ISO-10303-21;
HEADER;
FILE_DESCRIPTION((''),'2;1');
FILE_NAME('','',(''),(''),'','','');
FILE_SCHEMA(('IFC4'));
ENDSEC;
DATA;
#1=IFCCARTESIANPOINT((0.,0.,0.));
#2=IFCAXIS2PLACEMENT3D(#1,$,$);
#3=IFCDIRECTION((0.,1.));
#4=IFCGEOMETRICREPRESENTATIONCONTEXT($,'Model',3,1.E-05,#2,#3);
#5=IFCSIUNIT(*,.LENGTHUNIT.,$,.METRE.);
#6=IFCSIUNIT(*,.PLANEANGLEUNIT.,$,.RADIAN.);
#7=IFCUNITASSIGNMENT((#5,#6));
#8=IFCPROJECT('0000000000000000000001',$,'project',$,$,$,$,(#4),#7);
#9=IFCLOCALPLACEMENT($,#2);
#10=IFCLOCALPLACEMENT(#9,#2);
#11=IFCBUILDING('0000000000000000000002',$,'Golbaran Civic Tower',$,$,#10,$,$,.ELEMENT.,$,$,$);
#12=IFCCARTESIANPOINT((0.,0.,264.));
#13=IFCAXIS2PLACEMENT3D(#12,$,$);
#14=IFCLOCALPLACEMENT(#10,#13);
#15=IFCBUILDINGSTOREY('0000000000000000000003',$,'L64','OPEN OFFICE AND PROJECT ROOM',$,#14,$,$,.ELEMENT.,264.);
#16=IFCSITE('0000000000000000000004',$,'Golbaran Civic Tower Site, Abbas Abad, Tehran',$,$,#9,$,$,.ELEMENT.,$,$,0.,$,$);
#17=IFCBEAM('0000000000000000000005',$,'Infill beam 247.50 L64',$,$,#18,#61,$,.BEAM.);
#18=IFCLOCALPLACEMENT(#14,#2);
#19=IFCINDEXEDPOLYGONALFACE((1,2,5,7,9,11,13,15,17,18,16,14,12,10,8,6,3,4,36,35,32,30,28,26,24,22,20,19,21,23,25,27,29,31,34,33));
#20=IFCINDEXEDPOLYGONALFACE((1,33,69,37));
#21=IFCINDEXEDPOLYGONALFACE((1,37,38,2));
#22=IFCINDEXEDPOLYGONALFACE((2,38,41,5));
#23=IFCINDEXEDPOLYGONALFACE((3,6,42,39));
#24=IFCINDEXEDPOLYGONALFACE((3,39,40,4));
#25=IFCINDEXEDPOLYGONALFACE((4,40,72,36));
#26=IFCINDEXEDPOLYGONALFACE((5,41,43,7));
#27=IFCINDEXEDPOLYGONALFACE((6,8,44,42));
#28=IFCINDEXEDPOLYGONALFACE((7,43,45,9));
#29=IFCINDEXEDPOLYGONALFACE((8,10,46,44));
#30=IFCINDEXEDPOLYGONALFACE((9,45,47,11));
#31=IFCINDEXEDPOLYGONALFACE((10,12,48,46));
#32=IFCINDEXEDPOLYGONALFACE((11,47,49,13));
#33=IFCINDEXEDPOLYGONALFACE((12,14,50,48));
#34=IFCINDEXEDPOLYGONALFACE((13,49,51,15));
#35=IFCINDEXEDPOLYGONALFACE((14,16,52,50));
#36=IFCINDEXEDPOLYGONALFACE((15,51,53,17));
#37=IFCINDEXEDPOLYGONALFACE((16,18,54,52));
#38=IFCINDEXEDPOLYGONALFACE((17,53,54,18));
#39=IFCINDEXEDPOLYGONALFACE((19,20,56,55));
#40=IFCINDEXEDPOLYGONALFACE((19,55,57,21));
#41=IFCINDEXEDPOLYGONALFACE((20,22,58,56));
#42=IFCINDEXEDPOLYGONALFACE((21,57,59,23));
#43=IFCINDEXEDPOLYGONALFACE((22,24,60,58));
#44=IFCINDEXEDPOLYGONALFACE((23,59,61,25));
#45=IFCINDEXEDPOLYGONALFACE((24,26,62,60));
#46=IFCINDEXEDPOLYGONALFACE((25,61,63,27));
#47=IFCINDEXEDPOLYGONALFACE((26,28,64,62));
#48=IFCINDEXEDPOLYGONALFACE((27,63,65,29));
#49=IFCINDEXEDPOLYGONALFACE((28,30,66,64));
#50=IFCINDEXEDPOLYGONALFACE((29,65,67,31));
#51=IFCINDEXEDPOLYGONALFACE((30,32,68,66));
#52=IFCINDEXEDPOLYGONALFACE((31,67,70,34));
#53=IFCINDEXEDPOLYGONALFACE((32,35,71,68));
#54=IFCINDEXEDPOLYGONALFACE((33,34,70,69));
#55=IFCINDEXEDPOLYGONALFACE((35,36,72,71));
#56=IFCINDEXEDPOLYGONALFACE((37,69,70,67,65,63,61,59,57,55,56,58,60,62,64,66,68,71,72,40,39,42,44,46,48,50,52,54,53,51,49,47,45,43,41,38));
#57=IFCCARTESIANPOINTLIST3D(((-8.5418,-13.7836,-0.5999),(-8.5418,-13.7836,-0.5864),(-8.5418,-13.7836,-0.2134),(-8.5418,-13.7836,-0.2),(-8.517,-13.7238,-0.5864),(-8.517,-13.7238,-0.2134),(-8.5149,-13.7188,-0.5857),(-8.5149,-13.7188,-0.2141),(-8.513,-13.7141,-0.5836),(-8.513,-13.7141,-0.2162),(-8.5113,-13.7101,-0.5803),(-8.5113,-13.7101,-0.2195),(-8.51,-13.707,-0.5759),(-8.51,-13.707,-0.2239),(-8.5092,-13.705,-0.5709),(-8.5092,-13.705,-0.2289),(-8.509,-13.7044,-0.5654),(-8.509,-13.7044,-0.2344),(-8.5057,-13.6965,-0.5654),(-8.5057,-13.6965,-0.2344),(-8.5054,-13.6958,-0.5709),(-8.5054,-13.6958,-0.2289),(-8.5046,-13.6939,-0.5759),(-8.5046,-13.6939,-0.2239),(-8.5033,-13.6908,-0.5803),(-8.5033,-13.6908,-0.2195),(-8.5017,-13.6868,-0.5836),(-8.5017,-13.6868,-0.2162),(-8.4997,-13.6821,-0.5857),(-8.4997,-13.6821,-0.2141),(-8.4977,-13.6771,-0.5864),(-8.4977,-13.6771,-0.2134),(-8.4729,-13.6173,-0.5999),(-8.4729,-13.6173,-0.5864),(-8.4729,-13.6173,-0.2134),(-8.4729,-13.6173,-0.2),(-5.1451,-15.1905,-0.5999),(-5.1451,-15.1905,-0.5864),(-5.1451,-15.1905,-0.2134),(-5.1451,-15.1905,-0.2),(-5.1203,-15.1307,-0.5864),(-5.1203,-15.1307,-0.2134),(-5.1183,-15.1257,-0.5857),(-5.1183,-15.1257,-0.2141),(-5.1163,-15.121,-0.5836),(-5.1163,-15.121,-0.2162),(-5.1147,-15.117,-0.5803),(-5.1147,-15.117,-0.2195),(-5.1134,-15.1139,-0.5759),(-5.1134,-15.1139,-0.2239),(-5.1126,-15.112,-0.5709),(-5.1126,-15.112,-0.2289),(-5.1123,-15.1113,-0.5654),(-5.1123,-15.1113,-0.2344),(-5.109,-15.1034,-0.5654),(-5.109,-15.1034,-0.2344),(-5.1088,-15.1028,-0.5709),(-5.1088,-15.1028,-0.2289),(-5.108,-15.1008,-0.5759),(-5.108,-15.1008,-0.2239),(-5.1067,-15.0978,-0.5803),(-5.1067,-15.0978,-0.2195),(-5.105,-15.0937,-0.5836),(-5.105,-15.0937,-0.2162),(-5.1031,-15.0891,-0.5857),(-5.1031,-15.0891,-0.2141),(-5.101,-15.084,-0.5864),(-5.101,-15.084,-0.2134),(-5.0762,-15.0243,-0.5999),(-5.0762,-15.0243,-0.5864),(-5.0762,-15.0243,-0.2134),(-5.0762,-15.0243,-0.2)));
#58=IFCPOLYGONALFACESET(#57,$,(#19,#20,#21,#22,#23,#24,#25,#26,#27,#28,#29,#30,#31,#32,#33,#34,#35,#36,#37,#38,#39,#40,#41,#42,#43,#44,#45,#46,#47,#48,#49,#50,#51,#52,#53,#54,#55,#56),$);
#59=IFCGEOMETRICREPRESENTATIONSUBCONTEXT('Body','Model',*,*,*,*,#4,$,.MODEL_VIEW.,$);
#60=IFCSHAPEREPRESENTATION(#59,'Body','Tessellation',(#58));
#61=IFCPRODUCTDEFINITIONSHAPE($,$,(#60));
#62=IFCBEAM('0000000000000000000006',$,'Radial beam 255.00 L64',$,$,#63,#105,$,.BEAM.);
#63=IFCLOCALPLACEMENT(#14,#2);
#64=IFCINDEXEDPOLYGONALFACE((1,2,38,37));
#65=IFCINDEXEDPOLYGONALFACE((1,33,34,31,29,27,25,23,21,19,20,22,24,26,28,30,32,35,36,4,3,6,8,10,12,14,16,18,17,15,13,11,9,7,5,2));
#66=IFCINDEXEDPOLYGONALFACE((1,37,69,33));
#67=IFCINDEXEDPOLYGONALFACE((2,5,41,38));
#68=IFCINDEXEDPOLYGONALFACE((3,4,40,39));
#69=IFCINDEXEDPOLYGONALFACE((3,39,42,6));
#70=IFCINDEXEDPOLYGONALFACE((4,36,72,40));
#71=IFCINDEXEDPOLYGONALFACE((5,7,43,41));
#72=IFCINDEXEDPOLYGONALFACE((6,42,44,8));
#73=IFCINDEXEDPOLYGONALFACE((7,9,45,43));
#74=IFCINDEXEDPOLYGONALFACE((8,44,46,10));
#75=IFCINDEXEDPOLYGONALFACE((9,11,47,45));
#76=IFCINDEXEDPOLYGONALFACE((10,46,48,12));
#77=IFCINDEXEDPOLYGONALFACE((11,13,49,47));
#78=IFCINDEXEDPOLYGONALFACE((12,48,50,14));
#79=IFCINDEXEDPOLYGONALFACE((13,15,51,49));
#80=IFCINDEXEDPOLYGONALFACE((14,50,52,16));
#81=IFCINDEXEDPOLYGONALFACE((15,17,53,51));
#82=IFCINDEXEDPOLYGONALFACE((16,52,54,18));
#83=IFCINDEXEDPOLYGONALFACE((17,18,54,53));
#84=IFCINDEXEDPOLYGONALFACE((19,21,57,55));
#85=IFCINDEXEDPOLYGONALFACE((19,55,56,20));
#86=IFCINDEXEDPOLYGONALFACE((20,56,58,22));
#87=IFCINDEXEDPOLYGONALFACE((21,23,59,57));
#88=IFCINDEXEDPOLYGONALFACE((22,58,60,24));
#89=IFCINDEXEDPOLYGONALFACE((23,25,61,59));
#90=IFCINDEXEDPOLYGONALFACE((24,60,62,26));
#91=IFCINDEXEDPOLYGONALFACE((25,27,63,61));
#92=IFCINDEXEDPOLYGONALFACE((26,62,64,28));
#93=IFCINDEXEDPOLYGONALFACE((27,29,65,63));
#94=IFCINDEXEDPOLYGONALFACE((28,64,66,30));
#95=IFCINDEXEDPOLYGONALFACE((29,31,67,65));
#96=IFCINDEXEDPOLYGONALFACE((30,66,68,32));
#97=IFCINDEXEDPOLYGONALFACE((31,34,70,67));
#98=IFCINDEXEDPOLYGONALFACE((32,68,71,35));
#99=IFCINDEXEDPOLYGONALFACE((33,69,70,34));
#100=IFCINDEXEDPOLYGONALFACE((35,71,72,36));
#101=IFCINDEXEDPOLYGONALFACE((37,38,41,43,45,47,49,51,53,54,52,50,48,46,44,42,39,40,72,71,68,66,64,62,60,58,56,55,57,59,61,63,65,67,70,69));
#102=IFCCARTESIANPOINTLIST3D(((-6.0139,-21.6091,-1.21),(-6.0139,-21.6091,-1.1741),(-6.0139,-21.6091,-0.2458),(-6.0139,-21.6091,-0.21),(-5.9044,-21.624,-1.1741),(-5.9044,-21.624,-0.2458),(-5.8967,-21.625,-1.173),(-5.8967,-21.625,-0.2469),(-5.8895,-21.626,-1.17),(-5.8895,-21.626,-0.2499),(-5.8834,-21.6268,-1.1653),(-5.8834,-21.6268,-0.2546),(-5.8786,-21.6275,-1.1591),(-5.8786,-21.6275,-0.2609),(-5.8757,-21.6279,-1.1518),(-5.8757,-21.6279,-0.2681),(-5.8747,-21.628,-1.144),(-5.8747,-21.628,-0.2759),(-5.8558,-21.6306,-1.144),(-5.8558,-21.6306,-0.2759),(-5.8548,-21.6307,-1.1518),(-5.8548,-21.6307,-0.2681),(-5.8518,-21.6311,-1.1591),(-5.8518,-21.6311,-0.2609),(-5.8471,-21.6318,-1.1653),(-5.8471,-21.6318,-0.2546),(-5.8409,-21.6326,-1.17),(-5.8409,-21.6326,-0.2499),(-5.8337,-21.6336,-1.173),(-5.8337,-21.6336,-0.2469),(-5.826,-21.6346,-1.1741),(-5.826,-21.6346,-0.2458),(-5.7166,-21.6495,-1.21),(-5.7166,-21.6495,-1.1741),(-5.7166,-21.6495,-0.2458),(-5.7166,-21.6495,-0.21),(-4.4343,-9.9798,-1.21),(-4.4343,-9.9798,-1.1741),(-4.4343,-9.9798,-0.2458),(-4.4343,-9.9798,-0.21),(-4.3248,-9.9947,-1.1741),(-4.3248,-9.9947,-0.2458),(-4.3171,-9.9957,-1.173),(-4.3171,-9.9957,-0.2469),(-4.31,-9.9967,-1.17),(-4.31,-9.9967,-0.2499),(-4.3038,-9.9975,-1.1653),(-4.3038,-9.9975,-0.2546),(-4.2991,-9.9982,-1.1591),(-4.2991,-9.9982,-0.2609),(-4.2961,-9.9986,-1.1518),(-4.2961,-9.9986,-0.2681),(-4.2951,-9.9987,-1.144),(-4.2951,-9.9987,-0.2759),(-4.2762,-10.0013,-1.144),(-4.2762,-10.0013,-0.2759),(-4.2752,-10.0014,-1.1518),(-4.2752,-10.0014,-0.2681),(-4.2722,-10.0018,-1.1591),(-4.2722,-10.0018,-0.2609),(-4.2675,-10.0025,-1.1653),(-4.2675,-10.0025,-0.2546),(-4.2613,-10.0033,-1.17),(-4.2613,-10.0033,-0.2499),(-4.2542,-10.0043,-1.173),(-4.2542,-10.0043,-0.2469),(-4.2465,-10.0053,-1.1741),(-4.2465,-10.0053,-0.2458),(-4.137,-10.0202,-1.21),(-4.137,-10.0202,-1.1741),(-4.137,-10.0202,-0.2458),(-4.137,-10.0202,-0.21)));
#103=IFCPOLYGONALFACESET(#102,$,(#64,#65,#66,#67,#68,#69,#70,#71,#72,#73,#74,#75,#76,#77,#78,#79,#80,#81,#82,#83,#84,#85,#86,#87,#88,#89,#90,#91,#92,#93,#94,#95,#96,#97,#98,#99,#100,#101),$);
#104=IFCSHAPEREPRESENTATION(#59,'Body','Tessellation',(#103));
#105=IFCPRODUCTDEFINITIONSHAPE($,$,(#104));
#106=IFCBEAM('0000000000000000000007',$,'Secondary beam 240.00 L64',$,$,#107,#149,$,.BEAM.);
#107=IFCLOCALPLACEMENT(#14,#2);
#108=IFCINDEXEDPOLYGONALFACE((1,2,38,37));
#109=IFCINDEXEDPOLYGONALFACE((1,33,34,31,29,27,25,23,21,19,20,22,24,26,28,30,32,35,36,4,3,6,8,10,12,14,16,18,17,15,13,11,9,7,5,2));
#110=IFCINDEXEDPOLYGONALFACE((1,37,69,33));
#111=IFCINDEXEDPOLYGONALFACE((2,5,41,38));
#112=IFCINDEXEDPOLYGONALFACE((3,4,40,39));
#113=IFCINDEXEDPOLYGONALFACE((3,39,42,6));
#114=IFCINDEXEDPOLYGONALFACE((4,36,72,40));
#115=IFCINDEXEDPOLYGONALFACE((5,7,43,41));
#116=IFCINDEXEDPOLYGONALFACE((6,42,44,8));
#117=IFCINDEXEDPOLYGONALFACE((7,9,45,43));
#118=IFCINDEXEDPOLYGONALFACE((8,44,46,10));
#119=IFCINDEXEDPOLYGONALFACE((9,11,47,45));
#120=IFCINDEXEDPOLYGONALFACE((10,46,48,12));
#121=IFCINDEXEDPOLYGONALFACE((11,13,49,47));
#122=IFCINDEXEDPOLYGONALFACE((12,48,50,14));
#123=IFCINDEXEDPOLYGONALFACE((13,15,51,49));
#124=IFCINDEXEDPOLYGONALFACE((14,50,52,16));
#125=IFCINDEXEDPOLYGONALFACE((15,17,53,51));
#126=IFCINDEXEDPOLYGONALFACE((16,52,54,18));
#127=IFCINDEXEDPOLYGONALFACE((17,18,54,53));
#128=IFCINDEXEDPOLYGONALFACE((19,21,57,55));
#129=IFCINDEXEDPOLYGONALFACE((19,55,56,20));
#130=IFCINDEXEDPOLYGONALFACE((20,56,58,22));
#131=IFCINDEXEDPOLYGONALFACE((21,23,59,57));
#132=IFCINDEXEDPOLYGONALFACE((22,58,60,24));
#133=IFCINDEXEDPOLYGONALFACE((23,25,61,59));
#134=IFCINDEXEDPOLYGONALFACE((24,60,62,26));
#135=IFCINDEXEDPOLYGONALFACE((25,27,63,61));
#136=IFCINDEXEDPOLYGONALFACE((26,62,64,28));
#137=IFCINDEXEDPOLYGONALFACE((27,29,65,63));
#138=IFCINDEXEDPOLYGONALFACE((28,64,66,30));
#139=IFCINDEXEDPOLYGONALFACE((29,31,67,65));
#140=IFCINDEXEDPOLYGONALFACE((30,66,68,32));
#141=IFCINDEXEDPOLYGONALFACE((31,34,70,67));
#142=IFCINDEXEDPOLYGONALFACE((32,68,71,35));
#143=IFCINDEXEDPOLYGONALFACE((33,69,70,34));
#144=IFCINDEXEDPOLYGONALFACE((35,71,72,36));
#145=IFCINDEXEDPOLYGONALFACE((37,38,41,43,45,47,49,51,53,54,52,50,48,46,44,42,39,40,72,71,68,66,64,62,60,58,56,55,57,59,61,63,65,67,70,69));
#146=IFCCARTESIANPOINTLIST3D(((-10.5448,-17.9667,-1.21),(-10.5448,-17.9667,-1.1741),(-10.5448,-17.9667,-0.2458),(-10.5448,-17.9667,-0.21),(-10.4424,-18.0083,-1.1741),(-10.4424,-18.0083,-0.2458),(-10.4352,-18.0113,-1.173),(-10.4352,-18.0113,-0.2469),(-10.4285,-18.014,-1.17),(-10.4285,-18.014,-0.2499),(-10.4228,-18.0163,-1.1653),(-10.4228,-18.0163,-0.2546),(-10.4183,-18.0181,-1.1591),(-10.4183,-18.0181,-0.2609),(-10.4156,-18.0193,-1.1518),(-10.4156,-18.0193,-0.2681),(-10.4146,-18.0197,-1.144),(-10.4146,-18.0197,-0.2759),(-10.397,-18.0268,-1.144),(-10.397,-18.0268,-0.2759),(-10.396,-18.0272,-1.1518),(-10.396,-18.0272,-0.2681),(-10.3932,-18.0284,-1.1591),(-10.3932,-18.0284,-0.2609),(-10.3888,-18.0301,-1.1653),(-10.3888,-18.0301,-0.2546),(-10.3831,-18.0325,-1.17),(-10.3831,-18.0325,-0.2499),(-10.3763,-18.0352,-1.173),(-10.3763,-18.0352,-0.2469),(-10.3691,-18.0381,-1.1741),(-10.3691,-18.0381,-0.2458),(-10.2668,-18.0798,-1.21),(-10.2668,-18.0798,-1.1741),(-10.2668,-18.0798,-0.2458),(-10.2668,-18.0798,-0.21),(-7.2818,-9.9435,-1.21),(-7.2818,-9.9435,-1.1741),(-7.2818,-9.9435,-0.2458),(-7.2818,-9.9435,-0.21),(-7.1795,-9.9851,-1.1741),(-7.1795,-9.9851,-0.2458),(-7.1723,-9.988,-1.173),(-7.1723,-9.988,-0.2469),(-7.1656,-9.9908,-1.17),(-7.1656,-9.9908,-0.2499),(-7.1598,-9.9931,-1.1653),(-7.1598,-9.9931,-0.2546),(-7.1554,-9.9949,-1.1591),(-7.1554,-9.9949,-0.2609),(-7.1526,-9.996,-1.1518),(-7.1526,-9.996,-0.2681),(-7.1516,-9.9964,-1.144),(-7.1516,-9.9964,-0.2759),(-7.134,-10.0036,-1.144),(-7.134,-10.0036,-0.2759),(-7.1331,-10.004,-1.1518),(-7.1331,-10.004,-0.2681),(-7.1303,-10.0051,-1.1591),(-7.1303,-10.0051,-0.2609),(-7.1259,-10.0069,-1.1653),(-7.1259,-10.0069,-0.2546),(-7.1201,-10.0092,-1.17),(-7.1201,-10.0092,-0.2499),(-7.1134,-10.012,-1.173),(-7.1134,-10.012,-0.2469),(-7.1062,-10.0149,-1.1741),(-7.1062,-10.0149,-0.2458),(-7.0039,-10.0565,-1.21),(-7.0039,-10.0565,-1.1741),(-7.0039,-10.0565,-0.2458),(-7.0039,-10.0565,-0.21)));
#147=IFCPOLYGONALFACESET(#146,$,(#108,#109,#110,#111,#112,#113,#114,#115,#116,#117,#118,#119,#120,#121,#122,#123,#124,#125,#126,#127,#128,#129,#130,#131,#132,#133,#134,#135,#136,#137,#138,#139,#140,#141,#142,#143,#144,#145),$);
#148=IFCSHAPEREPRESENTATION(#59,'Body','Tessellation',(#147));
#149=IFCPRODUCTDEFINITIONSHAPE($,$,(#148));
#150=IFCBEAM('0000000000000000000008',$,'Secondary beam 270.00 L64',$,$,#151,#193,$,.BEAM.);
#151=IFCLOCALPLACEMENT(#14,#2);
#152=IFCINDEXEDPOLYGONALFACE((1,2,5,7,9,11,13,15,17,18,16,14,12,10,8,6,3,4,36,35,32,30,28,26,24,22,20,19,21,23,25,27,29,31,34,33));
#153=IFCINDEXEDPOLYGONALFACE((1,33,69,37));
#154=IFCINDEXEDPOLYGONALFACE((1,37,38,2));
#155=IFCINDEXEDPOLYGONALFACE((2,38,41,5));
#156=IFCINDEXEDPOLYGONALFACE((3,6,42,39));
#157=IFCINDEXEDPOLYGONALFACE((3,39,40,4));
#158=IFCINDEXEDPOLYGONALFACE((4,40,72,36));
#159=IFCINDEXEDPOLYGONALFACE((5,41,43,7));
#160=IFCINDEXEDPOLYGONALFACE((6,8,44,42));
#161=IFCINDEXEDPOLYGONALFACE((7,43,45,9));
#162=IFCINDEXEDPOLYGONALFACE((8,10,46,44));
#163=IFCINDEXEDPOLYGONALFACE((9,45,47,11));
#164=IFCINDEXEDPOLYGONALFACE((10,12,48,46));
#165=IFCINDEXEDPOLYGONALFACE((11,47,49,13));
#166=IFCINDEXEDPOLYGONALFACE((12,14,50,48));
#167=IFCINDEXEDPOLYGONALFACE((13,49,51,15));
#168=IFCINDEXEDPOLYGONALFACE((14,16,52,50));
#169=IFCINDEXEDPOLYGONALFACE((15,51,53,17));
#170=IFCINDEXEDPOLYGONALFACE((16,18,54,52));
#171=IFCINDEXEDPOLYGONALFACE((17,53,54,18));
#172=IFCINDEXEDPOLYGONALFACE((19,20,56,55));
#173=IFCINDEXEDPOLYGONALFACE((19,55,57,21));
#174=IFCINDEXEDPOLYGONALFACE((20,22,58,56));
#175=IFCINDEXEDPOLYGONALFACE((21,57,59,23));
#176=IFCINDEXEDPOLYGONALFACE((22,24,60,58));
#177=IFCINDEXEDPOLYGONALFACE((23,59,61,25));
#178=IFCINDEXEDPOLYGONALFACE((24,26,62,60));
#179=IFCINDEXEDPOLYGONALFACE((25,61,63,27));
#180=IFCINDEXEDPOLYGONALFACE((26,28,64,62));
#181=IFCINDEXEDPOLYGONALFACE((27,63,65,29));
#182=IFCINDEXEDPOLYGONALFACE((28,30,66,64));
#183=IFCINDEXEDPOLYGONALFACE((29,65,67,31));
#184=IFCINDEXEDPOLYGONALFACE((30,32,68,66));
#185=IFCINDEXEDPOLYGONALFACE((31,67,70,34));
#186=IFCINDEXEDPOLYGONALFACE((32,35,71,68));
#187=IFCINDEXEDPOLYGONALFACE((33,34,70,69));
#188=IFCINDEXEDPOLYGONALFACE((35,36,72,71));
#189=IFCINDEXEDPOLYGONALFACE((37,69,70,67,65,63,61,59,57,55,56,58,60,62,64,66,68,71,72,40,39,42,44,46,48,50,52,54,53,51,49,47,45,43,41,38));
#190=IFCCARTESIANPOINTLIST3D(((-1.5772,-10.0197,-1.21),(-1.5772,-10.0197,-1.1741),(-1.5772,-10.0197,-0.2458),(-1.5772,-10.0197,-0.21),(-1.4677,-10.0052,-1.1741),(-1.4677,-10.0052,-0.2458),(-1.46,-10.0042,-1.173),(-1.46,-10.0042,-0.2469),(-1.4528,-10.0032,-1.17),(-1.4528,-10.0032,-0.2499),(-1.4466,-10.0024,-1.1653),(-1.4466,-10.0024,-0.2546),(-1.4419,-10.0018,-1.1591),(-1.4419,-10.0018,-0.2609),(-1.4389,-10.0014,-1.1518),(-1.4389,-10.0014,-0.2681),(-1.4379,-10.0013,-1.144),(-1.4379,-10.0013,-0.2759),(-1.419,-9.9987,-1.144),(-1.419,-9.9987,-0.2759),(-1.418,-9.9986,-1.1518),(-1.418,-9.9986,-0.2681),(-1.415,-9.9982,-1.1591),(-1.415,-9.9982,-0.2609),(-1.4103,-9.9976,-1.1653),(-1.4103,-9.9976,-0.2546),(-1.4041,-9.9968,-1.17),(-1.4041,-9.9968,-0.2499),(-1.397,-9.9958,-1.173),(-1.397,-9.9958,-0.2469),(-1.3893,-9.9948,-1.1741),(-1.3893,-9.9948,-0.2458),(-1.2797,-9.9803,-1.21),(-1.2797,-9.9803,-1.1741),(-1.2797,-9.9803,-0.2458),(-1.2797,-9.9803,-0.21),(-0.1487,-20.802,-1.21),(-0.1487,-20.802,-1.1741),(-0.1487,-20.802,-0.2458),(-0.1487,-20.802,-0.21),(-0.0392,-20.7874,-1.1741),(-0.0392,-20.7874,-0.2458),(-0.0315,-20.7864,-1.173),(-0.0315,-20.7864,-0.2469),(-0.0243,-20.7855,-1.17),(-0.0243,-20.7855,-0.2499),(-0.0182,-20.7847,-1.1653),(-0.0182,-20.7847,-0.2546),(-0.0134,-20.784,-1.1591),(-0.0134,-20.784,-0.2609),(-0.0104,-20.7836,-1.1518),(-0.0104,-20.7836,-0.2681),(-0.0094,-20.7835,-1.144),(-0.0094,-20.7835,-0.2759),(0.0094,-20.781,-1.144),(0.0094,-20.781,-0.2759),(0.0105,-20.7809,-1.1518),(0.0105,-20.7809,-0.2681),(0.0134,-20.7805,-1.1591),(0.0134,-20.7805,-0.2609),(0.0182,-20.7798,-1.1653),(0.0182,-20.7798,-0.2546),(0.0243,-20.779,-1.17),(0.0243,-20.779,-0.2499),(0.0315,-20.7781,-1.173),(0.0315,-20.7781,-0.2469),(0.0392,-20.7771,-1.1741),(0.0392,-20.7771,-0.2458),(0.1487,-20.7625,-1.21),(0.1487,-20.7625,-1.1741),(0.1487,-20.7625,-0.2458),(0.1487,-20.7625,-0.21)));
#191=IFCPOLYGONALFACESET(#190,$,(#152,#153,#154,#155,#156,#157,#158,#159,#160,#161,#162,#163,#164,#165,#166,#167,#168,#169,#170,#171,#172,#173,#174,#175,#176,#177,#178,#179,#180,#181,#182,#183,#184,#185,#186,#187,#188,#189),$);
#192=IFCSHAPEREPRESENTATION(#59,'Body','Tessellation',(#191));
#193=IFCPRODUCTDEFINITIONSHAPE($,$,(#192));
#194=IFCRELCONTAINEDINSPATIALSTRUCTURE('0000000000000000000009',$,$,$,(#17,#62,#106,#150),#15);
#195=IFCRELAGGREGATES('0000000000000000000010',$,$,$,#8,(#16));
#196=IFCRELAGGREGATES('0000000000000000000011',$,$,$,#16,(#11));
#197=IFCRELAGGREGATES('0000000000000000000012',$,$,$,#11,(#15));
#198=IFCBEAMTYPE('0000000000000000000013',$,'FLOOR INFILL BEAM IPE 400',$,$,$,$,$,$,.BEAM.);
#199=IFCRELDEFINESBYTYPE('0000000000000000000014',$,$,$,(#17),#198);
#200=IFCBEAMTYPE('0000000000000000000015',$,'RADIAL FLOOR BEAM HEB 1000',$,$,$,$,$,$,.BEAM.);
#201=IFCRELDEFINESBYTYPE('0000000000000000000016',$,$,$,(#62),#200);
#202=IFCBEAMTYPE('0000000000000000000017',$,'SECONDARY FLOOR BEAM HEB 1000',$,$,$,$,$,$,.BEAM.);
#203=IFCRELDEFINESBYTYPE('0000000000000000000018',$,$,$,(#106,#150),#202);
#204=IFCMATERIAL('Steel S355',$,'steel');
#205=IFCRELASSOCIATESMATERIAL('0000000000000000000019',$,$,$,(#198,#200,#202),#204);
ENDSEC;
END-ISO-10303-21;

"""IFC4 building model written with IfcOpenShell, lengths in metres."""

from ifc_helpers import new_model, si_unit, direction, frame, origin, origin_2d, place, context, subcontext, project, spatial, i_section, extrude, material, material_profile, profile_set, type_object, element, save


model = new_model("IFC4")

# Units and contexts
model_context = context("Model", 3, precision=1e-05, world=origin(), true_north=direction((0.0, 1.0)))
body_context = subcontext(model_context, "Body", "Model", "MODEL_VIEW")
ifc_project = project(units=[si_unit("LENGTHUNIT", "METRE"), si_unit("PLANEANGLEUNIT", "RADIAN")], contexts=[model_context])

# Site, building, storey
site_placement = place(None, origin())
site = spatial("IfcSite", under=ifc_project, at=site_placement, Name="Golbaran Civic Tower Site, Abbas Abad, Tehran", CompositionType="ELEMENT", RefElevation=0.0)
building_placement = place(site_placement, origin())
building = spatial("IfcBuilding", under=site, at=building_placement, Name="Golbaran Civic Tower", CompositionType="ELEMENT")
storey_placement = place(building_placement, frame((0.0, 0.0, 264.0)))
storey = spatial("IfcBuildingStorey", under=building, at=storey_placement, Name="L64", Description="OPEN OFFICE AND PROJECT ROOM", CompositionType="ELEMENT", Elevation=264.0)

# Beams
ifc_material_1 = material(Name="Steel S355", Category="steel")
ifc_material_profile_1 = material_profile(ifc_material_1, i_section(OverallWidth=0.1799, OverallDepth=0.3999, WebThickness=0.0085, FlangeThickness=0.0134, FilletRadius=0.021, at=origin_2d()), Name="IPE 400")
ifc_profile_set_1 = profile_set([ifc_material_profile_1], Name="Steel S355")
beam_type_1 = type_object("IfcBeamType", Name="FLOOR INFILL BEAM IPE 400", PredefinedType="BEAM", material=ifc_profile_set_1)
beam_1_placement = place(storey_placement, frame((-8.5073, -13.7004, -0.3999), z_axis=(0.923878, -0.382686, 0.0), x_axis=(0.382686, 0.923878, 0.0)))
element("IfcBeam", 1, at=beam_1_placement, inside=storey, type_object=beam_type_1, Name="Infill beam 247.50 L64", PredefinedType="BEAM", context=body_context, shape_type="SweptSolid", body=[
    extrude(i_section(OverallWidth=0.1799, OverallDepth=0.3999, WebThickness=0.0085, FlangeThickness=0.0134, FilletRadius=0.021, at=origin_2d()), origin(), (0.0, 0.0, 1.0), 3.6765),
])
ifc_material_profile_2 = material_profile(ifc_material_1, i_section(OverallWidth=0.3, OverallDepth=1.0, WebThickness=0.019, FlangeThickness=0.0359, FilletRadius=0.03, at=origin_2d()), Name="HEB 1000")
ifc_profile_set_2 = profile_set([ifc_material_profile_2], Name="Steel S355")
beam_type_2 = type_object("IfcBeamType", Name="RADIAL FLOOR BEAM HEB 1000", PredefinedType="BEAM", material=ifc_profile_set_2)
beam_2_placement = place(storey_placement, frame((-4.2856, -10.0, -0.71), z_axis=(-0.134591, -0.990901, 0.0), x_axis=(0.990901, -0.134591, 0.0)))
element("IfcBeam", 2, at=beam_2_placement, inside=storey, type_object=beam_type_2, Name="Radial beam 255.00 L64", PredefinedType="BEAM", context=body_context, shape_type="SweptSolid", body=[
    extrude(i_section(OverallWidth=0.3, OverallDepth=1.0, WebThickness=0.019, FlangeThickness=0.0359, FilletRadius=0.03, at=origin_2d()), origin(), (0.0, 0.0, 1.0), 11.7361),
])
ifc_material_profile_3 = material_profile(ifc_material_1, i_section(OverallWidth=0.3, OverallDepth=1.0, WebThickness=0.019, FlangeThickness=0.0359, FilletRadius=0.03, at=origin_2d()), Name="HEB 1000")
ifc_profile_set_3 = profile_set([ifc_material_profile_3], Name="Steel S355")
beam_type_3 = type_object("IfcBeamType", Name="SECONDARY FLOOR BEAM HEB 1000", PredefinedType="BEAM", material=ifc_profile_set_3)
beam_3_placement = place(storey_placement, frame((-7.1428, -10.0, -0.71), z_axis=(-0.376726, -0.926325, 0.0), x_axis=(0.926325, -0.376726, 0.0)))
element("IfcBeam", 3, at=beam_3_placement, inside=storey, type_object=beam_type_3, Name="Secondary beam 240.00 L64", PredefinedType="BEAM", context=body_context, shape_type="SweptSolid", body=[
    extrude(i_section(OverallWidth=0.3, OverallDepth=1.0, WebThickness=0.019, FlangeThickness=0.0359, FilletRadius=0.03, at=origin_2d()), origin(), (0.0, 0.0, 1.0), 8.6614),
])
beam_4_placement = place(storey_placement, frame((-1.4285, -10.0, -0.71), z_axis=(0.131336, -0.991338, 0.0), x_axis=(0.991338, 0.131336, 0.0)))
element("IfcBeam", 4, at=beam_4_placement, inside=storey, type_object=beam_type_3, Name="Secondary beam 270.00 L64", PredefinedType="BEAM", context=body_context, shape_type="SweptSolid", body=[
    extrude(i_section(OverallWidth=0.3, OverallDepth=1.0, WebThickness=0.019, FlangeThickness=0.0359, FilletRadius=0.03, at=origin_2d()), origin(), (0.0, 0.0, 1.0), 10.8765),
])

save(model, "model.ifc")
